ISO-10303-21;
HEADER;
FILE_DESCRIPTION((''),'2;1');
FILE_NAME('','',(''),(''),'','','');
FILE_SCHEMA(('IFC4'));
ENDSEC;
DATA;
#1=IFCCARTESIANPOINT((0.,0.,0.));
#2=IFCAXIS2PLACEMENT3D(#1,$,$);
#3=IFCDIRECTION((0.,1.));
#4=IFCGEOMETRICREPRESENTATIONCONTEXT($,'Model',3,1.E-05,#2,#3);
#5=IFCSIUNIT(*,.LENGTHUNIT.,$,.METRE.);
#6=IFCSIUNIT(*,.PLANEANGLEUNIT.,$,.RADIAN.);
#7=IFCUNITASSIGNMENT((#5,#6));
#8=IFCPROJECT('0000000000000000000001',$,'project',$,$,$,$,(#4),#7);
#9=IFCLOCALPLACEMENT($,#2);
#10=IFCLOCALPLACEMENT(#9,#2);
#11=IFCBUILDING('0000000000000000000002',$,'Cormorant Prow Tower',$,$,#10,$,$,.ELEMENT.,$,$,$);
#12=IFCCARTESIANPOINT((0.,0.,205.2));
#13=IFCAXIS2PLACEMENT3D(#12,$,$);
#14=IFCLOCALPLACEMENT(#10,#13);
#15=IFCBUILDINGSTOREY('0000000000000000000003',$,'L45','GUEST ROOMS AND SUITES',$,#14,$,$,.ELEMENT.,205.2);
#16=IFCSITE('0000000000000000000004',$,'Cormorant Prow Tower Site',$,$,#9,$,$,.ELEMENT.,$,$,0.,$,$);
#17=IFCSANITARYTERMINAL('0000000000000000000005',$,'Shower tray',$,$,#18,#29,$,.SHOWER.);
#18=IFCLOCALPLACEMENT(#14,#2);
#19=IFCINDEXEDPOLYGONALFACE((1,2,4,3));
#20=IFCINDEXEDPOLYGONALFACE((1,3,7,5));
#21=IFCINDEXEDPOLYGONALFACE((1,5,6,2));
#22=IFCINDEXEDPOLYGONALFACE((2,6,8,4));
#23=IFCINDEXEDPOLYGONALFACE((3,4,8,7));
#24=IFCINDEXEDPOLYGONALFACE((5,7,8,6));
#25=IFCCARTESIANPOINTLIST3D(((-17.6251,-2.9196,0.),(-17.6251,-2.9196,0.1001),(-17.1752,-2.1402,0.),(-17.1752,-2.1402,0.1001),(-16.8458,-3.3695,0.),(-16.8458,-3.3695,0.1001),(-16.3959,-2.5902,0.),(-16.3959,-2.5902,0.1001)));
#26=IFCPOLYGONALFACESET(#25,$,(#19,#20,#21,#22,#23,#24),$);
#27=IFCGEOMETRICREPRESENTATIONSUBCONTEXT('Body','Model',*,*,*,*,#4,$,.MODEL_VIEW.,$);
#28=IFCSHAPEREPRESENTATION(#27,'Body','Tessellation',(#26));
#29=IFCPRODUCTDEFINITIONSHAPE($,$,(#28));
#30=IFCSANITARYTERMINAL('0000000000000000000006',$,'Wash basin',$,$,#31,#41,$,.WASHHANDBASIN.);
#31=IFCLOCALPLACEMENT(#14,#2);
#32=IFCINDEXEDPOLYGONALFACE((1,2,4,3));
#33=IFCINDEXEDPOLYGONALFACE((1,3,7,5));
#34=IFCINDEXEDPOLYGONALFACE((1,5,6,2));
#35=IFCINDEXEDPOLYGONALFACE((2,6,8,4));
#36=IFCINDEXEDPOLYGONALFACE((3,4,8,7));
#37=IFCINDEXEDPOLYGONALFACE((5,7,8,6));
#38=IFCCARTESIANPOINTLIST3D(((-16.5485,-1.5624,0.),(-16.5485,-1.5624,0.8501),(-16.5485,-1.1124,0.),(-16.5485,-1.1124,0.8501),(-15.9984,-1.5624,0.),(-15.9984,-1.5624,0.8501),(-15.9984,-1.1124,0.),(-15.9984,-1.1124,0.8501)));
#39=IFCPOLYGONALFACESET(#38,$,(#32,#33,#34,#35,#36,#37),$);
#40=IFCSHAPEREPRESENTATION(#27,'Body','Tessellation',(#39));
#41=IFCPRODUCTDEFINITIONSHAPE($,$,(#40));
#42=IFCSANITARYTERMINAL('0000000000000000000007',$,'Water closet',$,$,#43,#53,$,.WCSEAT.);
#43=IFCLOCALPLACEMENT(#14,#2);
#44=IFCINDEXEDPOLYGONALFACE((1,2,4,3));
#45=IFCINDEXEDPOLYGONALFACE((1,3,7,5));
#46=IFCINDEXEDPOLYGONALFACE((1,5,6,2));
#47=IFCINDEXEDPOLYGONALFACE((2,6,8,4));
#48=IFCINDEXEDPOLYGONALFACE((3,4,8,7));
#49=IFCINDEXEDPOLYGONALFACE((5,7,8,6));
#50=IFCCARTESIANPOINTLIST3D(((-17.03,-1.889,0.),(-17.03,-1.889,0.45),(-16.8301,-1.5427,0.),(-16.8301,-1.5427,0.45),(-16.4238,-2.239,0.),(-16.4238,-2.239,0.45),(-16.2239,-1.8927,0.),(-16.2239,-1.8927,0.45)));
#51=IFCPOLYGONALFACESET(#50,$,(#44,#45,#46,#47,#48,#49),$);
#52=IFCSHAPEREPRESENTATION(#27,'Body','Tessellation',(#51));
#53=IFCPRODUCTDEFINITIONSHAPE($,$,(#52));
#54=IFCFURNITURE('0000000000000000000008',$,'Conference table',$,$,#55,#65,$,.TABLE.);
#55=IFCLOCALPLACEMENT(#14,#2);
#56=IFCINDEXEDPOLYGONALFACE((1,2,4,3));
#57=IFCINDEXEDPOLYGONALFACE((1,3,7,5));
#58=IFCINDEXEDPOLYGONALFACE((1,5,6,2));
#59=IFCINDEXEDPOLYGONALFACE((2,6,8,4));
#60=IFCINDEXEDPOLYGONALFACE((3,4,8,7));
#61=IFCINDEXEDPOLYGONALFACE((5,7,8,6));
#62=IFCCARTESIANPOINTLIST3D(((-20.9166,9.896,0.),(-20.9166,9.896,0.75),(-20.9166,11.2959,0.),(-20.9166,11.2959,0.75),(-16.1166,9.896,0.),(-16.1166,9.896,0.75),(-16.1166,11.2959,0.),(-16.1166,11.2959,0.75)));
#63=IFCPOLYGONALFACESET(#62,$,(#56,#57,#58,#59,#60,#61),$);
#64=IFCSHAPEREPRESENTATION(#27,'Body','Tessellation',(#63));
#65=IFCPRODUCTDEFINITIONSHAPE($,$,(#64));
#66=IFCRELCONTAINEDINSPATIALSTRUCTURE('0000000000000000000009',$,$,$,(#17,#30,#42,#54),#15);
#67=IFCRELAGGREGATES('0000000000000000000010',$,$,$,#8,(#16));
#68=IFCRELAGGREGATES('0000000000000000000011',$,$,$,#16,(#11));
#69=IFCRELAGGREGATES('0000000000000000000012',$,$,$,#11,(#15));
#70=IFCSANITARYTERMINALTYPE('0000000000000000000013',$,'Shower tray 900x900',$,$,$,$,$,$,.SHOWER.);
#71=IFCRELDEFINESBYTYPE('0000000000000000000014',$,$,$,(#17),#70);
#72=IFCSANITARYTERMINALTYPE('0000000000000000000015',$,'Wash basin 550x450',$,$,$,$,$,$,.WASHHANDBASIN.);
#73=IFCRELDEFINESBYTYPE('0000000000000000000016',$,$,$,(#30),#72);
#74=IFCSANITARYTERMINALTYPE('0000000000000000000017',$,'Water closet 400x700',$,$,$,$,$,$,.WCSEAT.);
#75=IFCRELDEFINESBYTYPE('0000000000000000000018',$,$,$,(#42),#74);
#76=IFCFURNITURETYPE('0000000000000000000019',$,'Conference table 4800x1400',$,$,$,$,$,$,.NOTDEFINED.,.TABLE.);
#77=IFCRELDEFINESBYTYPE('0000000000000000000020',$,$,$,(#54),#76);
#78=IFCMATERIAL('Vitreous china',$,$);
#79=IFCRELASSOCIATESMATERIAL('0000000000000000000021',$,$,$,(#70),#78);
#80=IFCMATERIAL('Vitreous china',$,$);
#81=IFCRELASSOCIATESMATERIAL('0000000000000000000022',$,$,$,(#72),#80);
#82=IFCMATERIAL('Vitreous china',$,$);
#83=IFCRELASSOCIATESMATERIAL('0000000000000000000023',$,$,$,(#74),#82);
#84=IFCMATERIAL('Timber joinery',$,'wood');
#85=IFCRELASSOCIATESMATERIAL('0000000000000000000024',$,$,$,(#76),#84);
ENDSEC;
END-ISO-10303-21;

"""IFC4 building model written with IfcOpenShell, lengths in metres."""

from ifc_helpers import new_model, si_unit, direction, frame, origin, origin_2d, place, context, subcontext, project, spatial, rectangle, extrude, material, type_object, element, save


model = new_model("IFC4")

# Units and contexts
model_context = context("Model", 3, precision=1e-05, world=origin(), true_north=direction((0.0, 1.0)))
body_context = subcontext(model_context, "Body", "Model", "MODEL_VIEW")
ifc_project = project(units=[si_unit("LENGTHUNIT", "METRE"), si_unit("PLANEANGLEUNIT", "RADIAN")], contexts=[model_context])

# Site, building, storey
site_placement = place(None, origin())
site = spatial("IfcSite", under=ifc_project, at=site_placement, Name="Cormorant Prow Tower Site", CompositionType="ELEMENT", RefElevation=0.0)
building_placement = place(site_placement, origin())
building = spatial("IfcBuilding", under=site, at=building_placement, Name="Cormorant Prow Tower", CompositionType="ELEMENT")
storey_placement = place(building_placement, frame((0.0, 0.0, 205.2)))
storey = spatial("IfcBuildingStorey", under=building, at=storey_placement, Name="L45", Description="GUEST ROOMS AND SUITES", CompositionType="ELEMENT", Elevation=205.2)

# Sanitary terminals
ifc_material_1 = material(Name="Vitreous china")
sanitary_terminal_type_1 = type_object("IfcSanitaryTerminalType", Name="Shower tray 900x900", PredefinedType="SHOWER", material=ifc_material_1)
for number, where, z_axis, x_axis, name in (
    (1, (-17.0105, -2.7549, 0.0), (0.0, 0.0, 1.0), (0.866025, -0.5, 0.0), "Shower tray"),
):
    element("IfcSanitaryTerminal", number, at=place(storey_placement, frame(where, z_axis=z_axis, x_axis=x_axis)), inside=storey, type_object=sanitary_terminal_type_1, Name=name, PredefinedType="SHOWER", context=body_context, shape_type="SweptSolid", body=[
        extrude(rectangle(XDim=0.8999, YDim=0.8999, at=origin_2d()), origin(), (0.0, 0.0, 1.0), 0.1001),
    ])
ifc_material_2 = material(Name="Vitreous china")
sanitary_terminal_type_2 = type_object("IfcSanitaryTerminalType", Name="Wash basin 550x450", PredefinedType="WASHHANDBASIN", material=ifc_material_2)
sanitary_terminal_1_placement = place(storey_placement, frame((-16.2734, -1.3374, 0.0), z_axis=(0.0, 0.0, 1.0), x_axis=(1.0, 0.0, 0.0)))
element("IfcSanitaryTerminal", 2, at=sanitary_terminal_1_placement, inside=storey, type_object=sanitary_terminal_type_2, Name="Wash basin", PredefinedType="WASHHANDBASIN", context=body_context, shape_type="SweptSolid", body=[
    extrude(rectangle(XDim=0.55, YDim=0.45, at=origin_2d()), origin(), (0.0, 0.0, 1.0), 0.8501),
])
ifc_material_3 = material(Name="Vitreous china")
sanitary_terminal_type_3 = type_object("IfcSanitaryTerminalType", Name="Water closet 400x700", PredefinedType="WCSEAT", material=ifc_material_3)
sanitary_terminal_2_placement = place(storey_placement, frame((-16.627, -1.8909, 0.0), z_axis=(0.0, 0.0, 1.0), x_axis=(0.5, 0.866025, 0.0)))
element("IfcSanitaryTerminal", 3, at=sanitary_terminal_2_placement, inside=storey, type_object=sanitary_terminal_type_3, Name="Water closet", PredefinedType="WCSEAT", context=body_context, shape_type="SweptSolid", body=[
    extrude(rectangle(XDim=0.3999, YDim=0.7, at=origin_2d()), origin(), (0.0, 0.0, 1.0), 0.45),
])

# Furniture
ifc_material_4 = material(Name="Timber joinery", Category="wood")
furniture_type = type_object("IfcFurnitureType", Name="Conference table 4800x1400", AssemblyPlace="NOTDEFINED", PredefinedType="TABLE", material=ifc_material_4)
furniture_placement = place(storey_placement, frame((-18.5166, 10.5959, 0.0), z_axis=(0.0, 0.0, 1.0), x_axis=(1.0, 0.0, 0.0)))
element("IfcFurniture", 4, at=furniture_placement, inside=storey, type_object=furniture_type, Name="Conference table", PredefinedType="TABLE", context=body_context, shape_type="SweptSolid", body=[
    extrude(rectangle(XDim=4.8, YDim=1.3999, at=origin_2d()), origin(), (0.0, 0.0, 1.0), 0.75),
])

save(model, "model.ifc")
